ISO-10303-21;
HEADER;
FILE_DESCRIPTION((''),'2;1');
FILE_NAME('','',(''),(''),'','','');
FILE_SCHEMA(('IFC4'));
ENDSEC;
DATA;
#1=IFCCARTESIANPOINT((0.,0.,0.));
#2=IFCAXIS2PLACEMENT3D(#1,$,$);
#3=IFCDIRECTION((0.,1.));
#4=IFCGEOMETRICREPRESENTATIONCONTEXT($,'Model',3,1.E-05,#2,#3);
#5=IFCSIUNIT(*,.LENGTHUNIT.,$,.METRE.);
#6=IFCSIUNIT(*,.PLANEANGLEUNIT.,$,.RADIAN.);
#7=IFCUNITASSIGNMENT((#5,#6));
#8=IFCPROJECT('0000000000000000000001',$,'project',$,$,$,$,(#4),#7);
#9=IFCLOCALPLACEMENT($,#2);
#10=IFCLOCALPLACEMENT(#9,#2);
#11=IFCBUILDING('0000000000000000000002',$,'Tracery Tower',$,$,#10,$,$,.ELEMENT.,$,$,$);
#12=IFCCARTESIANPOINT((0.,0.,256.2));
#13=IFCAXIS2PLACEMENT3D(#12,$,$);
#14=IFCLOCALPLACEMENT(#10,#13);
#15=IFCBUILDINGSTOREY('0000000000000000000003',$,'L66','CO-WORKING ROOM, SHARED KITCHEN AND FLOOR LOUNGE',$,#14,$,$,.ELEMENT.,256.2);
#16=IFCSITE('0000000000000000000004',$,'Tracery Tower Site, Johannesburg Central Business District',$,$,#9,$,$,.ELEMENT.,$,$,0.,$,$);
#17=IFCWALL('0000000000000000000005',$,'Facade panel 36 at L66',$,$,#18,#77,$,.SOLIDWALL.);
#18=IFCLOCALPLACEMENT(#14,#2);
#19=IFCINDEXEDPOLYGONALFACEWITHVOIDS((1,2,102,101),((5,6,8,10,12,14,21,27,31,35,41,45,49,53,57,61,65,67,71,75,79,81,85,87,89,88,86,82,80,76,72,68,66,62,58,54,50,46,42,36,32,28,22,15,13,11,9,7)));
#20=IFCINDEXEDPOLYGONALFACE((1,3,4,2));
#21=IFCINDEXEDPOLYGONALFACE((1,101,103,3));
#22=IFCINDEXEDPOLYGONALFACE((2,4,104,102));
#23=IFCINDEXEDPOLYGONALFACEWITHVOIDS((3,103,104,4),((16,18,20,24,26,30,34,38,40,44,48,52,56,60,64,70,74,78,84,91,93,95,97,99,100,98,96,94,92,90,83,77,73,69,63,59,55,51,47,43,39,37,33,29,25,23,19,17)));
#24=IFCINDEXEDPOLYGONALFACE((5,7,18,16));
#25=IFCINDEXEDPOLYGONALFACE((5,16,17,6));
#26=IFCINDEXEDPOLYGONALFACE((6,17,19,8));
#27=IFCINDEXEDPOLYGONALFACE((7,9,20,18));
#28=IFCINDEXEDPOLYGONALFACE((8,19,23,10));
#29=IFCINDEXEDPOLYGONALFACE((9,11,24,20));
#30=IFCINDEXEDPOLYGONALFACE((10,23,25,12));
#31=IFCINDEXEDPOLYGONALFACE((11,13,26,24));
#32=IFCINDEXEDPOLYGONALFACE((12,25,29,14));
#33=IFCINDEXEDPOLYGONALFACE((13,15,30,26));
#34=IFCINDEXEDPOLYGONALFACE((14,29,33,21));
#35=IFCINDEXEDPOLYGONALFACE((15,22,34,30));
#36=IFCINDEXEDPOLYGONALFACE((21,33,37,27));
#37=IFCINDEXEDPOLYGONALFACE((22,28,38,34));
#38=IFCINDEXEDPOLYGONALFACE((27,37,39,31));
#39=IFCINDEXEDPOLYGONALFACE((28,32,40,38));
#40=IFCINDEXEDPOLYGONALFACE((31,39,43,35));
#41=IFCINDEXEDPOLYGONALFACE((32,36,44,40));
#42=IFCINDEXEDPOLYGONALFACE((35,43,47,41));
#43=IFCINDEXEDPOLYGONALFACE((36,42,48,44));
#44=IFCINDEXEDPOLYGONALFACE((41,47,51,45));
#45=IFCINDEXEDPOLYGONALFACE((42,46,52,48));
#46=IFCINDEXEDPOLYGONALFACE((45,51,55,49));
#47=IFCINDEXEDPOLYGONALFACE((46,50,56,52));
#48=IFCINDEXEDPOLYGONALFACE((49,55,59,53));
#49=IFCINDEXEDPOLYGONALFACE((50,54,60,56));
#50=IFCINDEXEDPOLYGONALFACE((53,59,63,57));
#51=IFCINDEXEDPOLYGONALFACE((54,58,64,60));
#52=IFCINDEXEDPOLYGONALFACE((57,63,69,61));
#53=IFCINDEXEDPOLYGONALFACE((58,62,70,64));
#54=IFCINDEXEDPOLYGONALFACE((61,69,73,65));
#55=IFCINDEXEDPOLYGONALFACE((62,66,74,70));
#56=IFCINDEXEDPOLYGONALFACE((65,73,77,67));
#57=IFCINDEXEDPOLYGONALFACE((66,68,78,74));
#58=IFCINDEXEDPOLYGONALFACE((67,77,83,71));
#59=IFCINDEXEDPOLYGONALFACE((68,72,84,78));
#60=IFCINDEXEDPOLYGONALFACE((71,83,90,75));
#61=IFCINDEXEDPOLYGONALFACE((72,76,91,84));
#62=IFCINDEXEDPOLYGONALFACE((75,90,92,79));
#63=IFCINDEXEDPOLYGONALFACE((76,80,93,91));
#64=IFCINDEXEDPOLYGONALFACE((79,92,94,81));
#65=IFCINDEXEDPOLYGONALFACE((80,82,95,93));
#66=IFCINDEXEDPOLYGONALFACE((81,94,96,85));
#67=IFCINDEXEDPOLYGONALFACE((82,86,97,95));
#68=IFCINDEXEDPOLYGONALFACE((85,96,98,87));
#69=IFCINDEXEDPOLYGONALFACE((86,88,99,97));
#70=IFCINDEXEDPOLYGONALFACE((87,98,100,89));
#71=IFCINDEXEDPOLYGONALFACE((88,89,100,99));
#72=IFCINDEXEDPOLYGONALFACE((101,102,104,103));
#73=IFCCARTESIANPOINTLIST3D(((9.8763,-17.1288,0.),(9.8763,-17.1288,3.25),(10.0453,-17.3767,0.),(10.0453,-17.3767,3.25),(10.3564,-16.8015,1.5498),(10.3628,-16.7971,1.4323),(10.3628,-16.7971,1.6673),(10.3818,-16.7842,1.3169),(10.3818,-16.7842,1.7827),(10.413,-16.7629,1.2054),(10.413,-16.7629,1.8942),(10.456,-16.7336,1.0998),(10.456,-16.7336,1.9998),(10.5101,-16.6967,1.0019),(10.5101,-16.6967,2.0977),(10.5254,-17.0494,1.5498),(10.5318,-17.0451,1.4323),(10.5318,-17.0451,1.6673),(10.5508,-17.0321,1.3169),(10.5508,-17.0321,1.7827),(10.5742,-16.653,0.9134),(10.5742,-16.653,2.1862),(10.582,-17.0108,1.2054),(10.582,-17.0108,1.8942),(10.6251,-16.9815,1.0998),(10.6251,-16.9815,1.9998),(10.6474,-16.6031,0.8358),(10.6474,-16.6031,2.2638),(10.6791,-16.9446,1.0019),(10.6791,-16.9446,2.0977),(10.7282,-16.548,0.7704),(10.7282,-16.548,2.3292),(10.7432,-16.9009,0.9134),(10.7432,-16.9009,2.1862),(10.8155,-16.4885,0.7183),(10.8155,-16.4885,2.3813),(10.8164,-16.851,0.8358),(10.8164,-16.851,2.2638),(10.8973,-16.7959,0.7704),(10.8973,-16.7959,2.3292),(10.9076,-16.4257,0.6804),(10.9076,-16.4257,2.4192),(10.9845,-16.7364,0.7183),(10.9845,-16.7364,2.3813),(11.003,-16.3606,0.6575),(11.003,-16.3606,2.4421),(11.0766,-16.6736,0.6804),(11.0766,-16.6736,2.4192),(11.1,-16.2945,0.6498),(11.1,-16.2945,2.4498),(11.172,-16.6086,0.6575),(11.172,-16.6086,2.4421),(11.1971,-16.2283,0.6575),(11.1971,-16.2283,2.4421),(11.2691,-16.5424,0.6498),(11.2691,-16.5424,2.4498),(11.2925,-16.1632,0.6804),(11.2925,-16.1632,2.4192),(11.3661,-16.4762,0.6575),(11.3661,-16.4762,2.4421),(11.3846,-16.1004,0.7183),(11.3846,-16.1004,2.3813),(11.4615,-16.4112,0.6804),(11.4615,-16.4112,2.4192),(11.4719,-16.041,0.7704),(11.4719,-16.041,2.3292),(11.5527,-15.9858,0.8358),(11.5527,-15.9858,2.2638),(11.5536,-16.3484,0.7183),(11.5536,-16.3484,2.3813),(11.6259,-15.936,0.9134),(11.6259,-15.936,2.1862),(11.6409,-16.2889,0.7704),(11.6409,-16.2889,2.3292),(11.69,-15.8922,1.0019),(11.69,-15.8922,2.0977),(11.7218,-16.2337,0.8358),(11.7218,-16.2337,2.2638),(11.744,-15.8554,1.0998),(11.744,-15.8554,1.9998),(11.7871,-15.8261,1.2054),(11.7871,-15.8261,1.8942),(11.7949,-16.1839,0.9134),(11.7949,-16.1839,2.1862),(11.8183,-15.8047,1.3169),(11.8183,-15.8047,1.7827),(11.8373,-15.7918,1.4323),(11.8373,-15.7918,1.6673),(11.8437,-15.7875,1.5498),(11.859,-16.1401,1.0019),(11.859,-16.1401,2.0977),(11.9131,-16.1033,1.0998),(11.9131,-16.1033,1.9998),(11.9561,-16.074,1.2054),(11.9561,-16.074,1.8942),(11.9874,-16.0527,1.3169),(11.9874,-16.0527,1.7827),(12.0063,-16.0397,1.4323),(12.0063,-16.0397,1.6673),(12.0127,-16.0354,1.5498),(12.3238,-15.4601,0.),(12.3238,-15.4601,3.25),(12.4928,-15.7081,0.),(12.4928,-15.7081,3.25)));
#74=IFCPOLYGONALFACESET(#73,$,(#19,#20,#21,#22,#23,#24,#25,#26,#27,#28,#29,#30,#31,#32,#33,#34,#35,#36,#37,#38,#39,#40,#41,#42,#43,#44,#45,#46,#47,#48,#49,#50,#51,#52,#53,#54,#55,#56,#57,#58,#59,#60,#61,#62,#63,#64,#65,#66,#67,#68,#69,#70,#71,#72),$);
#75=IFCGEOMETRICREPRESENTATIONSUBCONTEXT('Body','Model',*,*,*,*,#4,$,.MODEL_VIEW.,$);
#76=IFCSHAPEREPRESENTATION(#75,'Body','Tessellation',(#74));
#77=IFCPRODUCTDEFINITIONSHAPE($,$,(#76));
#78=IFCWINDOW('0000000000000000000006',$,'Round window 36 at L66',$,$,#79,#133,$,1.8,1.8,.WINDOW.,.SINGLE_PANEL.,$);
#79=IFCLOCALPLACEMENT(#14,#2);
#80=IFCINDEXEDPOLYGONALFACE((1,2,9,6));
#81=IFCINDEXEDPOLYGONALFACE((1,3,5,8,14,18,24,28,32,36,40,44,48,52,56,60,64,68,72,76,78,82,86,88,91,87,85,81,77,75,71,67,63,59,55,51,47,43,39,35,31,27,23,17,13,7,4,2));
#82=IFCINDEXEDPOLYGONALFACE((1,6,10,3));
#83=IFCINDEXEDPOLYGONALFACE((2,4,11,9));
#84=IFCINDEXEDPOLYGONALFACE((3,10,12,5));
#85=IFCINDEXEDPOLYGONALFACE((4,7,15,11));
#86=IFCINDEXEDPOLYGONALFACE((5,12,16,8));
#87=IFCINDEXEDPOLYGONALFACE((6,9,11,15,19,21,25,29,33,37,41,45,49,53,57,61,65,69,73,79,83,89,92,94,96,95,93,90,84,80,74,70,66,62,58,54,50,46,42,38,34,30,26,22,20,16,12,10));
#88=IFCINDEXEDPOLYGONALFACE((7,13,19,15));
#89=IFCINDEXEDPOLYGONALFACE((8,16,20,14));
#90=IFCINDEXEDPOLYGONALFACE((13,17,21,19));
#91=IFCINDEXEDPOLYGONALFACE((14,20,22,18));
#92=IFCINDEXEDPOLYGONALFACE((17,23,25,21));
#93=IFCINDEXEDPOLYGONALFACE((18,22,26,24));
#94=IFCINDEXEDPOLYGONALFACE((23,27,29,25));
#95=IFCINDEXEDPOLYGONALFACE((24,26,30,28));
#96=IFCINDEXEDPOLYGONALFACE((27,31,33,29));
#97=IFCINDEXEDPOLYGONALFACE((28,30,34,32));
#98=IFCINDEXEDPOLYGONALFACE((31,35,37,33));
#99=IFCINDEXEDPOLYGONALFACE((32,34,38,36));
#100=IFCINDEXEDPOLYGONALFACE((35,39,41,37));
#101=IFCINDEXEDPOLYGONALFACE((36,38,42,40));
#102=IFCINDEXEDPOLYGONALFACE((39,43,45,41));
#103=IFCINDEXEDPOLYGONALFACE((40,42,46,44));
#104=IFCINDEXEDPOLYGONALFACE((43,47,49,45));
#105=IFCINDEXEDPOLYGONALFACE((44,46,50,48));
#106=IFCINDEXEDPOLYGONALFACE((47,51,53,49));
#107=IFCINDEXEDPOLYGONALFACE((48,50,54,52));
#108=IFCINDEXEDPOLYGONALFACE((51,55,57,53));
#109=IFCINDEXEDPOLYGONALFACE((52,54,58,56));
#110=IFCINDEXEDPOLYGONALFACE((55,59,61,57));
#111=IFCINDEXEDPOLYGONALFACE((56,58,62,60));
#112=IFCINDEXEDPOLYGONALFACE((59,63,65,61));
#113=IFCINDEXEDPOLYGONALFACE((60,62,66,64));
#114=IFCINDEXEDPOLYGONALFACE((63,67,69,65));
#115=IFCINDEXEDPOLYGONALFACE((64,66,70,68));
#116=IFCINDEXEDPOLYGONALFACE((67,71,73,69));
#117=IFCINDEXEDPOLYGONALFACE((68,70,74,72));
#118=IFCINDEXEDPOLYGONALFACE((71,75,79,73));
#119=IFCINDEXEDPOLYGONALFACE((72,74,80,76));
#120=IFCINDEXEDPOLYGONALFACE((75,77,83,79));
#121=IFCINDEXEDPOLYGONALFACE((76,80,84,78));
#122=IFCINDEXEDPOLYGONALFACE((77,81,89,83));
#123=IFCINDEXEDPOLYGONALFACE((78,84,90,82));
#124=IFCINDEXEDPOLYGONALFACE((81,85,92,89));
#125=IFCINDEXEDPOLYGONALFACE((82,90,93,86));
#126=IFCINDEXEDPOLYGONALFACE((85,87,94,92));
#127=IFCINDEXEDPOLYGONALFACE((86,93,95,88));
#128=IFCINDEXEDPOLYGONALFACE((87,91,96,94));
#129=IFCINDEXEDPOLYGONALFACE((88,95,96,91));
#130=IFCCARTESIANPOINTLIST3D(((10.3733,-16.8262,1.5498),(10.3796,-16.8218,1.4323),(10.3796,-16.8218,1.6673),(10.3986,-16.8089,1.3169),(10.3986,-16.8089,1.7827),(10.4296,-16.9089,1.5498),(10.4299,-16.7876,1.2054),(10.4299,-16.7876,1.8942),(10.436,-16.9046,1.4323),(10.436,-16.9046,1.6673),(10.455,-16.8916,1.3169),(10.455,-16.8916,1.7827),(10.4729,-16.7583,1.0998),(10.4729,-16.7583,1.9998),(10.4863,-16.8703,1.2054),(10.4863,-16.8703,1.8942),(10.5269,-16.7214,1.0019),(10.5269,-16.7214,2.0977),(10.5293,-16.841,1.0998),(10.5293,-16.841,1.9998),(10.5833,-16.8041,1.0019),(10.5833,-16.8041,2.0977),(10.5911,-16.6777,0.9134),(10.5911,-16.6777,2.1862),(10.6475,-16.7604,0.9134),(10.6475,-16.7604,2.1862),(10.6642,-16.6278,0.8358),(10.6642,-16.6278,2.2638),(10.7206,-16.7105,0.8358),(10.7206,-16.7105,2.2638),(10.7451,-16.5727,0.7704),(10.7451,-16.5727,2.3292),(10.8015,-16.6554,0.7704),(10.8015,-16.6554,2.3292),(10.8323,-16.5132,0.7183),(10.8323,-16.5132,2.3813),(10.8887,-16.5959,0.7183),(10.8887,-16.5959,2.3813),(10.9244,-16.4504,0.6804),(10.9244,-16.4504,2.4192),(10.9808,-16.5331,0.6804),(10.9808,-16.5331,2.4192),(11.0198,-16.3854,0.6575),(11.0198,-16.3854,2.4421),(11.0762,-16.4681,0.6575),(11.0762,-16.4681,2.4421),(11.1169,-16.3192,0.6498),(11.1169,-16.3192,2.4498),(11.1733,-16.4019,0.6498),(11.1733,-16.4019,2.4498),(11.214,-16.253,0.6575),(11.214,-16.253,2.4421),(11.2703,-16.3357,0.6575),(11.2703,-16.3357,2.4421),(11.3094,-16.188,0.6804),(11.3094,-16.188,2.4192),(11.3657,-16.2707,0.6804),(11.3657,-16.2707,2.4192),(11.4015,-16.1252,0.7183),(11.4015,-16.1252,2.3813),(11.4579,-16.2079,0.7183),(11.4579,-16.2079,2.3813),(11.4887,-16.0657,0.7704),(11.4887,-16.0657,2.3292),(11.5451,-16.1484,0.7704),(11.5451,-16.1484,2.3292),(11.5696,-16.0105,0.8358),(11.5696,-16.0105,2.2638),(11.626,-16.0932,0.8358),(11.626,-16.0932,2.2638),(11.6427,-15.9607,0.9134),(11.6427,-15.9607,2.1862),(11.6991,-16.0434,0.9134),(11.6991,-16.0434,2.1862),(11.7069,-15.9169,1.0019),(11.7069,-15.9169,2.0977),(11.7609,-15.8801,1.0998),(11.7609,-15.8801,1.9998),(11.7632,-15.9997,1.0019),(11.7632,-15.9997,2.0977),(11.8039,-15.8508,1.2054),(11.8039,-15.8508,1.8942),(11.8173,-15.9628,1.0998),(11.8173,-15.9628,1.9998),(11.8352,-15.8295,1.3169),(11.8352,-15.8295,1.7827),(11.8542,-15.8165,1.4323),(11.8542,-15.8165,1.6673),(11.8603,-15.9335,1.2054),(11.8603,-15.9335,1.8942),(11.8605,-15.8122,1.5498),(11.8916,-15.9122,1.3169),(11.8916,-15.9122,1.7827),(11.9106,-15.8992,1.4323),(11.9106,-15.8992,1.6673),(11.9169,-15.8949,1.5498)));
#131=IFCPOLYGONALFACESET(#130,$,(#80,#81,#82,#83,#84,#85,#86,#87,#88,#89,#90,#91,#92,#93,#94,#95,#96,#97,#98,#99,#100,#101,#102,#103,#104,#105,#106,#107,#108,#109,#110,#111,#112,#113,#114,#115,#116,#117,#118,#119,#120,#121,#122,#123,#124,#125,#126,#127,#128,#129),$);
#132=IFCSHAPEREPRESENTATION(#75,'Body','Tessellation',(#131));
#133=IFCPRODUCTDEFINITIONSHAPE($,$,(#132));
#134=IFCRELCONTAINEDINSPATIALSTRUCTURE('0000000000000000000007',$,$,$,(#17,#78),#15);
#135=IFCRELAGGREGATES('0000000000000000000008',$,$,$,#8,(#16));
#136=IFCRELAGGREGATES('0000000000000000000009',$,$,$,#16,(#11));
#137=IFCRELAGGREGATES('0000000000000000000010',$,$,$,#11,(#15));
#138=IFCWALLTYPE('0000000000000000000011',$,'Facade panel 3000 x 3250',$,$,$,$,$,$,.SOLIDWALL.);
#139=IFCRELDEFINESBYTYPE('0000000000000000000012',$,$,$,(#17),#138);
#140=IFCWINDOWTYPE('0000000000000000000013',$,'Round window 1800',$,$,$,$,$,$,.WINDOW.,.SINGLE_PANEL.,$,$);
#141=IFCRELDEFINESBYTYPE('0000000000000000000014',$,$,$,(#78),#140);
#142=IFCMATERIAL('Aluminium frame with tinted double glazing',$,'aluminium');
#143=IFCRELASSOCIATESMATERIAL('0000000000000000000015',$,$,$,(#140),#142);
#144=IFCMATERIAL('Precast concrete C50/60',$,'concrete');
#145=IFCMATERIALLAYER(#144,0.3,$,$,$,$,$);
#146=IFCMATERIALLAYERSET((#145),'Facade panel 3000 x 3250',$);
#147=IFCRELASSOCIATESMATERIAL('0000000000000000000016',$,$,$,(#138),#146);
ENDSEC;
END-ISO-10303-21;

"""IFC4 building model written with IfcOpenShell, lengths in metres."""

from ifc_helpers import new_model, si_unit, direction, frame, frame_2d, origin, origin_2d, place, context, subcontext, project, spatial, rectangle, circle, extrude, material, layer, layer_set, type_object, element, fill, save


model = new_model("IFC4")

# Units and contexts
model_context = context("Model", 3, precision=1e-05, world=origin(), true_north=direction((0.0, 1.0)))
body_context = subcontext(model_context, "Body", "Model", "MODEL_VIEW")
ifc_project = project(units=[si_unit("LENGTHUNIT", "METRE"), si_unit("PLANEANGLEUNIT", "RADIAN")], contexts=[model_context])

# Site, building, storey
site_placement = place(None, origin())
site = spatial("IfcSite", under=ifc_project, at=site_placement, Name="Tracery Tower Site, Johannesburg Central Business District", CompositionType="ELEMENT", RefElevation=0.0)
building_placement = place(site_placement, origin())
building = spatial("IfcBuilding", under=site, at=building_placement, Name="Tracery Tower", CompositionType="ELEMENT")
storey_placement = place(building_placement, frame((0.0, 0.0, 256.2)))
storey = spatial("IfcBuildingStorey", under=building, at=storey_placement, Name="L66", Description="CO-WORKING ROOM, SHARED KITCHEN AND FLOOR LOUNGE", CompositionType="ELEMENT", Elevation=256.2)

# Wall, opening, window
ifc_material_1 = material(Name="Aluminium frame with tinted double glazing", Category="aluminium")
window_type = type_object("IfcWindowType", Name="Round window 1800", PartitioningType="SINGLE_PANEL", PredefinedType="WINDOW", material=ifc_material_1)
ifc_material_2 = material(Name="Precast concrete C50/60", Category="concrete")
ifc_layer_1 = layer(ifc_material_2, 0.3)
ifc_layer_set_1 = layer_set([ifc_layer_1], Name="Facade panel 3000 x 3250")
wall_type_1 = type_object("IfcWallType", Name="Facade panel 3000 x 3250", PredefinedType="SOLIDWALL", material=ifc_layer_set_1)
wall_1_placement = place(storey_placement, frame((9.9609, -17.2527, 0.0), z_axis=(0.0, 0.0, 1.0), x_axis=(0.826236, 0.563324, 0.0)))
wall_1 = element("IfcWall", 1, at=wall_1_placement, inside=storey, type_object=wall_type_1, Name="Facade panel 36 at L66", PredefinedType="SOLIDWALL", context=body_context, shape_type="SweptSolid", body=[
    extrude(rectangle(XDim=2.9622, YDim=0.3, at=frame_2d((1.481, 0.0))), origin(), (0.0, 0.0, 1.0), 3.25),
])
opening_1_placement = place(wall_1_placement, frame((1.481, 0.0, 1.5498)))
opening_1 = element("IfcOpeningElement", 2, at=opening_1_placement, cuts=wall_1, PredefinedType="OPENING", context=body_context, shape_type="SweptSolid", body=[
    extrude(circle(Radius=0.9, at=origin_2d()), frame((0.0, 0.1599, 0.0), z_axis=(0.0, -1.0, 0.0), x_axis=(1.0, 0.0, 0.0)), (0.0, 0.0, 1.0), 0.3201),
])
window_1_placement = place(opening_1_placement, origin())
window_1 = element("IfcWindow", 3, at=window_1_placement, inside=storey, type_object=window_type, Name="Round window 36 at L66", OverallHeight=1.8, OverallWidth=1.8, PartitioningType="SINGLE_PANEL", PredefinedType="WINDOW", context=body_context, shape_type="SweptSolid", body=[
    extrude(circle(Radius=0.9, at=origin_2d()), frame((0.0, 0.1201, 0.0), z_axis=(0.0, -1.0, 0.0), x_axis=(1.0, 0.0, 0.0)), (0.0, 0.0, 1.0), 0.1001),
])
fill(opening_1, window_1)

save(model, "model.ifc")
